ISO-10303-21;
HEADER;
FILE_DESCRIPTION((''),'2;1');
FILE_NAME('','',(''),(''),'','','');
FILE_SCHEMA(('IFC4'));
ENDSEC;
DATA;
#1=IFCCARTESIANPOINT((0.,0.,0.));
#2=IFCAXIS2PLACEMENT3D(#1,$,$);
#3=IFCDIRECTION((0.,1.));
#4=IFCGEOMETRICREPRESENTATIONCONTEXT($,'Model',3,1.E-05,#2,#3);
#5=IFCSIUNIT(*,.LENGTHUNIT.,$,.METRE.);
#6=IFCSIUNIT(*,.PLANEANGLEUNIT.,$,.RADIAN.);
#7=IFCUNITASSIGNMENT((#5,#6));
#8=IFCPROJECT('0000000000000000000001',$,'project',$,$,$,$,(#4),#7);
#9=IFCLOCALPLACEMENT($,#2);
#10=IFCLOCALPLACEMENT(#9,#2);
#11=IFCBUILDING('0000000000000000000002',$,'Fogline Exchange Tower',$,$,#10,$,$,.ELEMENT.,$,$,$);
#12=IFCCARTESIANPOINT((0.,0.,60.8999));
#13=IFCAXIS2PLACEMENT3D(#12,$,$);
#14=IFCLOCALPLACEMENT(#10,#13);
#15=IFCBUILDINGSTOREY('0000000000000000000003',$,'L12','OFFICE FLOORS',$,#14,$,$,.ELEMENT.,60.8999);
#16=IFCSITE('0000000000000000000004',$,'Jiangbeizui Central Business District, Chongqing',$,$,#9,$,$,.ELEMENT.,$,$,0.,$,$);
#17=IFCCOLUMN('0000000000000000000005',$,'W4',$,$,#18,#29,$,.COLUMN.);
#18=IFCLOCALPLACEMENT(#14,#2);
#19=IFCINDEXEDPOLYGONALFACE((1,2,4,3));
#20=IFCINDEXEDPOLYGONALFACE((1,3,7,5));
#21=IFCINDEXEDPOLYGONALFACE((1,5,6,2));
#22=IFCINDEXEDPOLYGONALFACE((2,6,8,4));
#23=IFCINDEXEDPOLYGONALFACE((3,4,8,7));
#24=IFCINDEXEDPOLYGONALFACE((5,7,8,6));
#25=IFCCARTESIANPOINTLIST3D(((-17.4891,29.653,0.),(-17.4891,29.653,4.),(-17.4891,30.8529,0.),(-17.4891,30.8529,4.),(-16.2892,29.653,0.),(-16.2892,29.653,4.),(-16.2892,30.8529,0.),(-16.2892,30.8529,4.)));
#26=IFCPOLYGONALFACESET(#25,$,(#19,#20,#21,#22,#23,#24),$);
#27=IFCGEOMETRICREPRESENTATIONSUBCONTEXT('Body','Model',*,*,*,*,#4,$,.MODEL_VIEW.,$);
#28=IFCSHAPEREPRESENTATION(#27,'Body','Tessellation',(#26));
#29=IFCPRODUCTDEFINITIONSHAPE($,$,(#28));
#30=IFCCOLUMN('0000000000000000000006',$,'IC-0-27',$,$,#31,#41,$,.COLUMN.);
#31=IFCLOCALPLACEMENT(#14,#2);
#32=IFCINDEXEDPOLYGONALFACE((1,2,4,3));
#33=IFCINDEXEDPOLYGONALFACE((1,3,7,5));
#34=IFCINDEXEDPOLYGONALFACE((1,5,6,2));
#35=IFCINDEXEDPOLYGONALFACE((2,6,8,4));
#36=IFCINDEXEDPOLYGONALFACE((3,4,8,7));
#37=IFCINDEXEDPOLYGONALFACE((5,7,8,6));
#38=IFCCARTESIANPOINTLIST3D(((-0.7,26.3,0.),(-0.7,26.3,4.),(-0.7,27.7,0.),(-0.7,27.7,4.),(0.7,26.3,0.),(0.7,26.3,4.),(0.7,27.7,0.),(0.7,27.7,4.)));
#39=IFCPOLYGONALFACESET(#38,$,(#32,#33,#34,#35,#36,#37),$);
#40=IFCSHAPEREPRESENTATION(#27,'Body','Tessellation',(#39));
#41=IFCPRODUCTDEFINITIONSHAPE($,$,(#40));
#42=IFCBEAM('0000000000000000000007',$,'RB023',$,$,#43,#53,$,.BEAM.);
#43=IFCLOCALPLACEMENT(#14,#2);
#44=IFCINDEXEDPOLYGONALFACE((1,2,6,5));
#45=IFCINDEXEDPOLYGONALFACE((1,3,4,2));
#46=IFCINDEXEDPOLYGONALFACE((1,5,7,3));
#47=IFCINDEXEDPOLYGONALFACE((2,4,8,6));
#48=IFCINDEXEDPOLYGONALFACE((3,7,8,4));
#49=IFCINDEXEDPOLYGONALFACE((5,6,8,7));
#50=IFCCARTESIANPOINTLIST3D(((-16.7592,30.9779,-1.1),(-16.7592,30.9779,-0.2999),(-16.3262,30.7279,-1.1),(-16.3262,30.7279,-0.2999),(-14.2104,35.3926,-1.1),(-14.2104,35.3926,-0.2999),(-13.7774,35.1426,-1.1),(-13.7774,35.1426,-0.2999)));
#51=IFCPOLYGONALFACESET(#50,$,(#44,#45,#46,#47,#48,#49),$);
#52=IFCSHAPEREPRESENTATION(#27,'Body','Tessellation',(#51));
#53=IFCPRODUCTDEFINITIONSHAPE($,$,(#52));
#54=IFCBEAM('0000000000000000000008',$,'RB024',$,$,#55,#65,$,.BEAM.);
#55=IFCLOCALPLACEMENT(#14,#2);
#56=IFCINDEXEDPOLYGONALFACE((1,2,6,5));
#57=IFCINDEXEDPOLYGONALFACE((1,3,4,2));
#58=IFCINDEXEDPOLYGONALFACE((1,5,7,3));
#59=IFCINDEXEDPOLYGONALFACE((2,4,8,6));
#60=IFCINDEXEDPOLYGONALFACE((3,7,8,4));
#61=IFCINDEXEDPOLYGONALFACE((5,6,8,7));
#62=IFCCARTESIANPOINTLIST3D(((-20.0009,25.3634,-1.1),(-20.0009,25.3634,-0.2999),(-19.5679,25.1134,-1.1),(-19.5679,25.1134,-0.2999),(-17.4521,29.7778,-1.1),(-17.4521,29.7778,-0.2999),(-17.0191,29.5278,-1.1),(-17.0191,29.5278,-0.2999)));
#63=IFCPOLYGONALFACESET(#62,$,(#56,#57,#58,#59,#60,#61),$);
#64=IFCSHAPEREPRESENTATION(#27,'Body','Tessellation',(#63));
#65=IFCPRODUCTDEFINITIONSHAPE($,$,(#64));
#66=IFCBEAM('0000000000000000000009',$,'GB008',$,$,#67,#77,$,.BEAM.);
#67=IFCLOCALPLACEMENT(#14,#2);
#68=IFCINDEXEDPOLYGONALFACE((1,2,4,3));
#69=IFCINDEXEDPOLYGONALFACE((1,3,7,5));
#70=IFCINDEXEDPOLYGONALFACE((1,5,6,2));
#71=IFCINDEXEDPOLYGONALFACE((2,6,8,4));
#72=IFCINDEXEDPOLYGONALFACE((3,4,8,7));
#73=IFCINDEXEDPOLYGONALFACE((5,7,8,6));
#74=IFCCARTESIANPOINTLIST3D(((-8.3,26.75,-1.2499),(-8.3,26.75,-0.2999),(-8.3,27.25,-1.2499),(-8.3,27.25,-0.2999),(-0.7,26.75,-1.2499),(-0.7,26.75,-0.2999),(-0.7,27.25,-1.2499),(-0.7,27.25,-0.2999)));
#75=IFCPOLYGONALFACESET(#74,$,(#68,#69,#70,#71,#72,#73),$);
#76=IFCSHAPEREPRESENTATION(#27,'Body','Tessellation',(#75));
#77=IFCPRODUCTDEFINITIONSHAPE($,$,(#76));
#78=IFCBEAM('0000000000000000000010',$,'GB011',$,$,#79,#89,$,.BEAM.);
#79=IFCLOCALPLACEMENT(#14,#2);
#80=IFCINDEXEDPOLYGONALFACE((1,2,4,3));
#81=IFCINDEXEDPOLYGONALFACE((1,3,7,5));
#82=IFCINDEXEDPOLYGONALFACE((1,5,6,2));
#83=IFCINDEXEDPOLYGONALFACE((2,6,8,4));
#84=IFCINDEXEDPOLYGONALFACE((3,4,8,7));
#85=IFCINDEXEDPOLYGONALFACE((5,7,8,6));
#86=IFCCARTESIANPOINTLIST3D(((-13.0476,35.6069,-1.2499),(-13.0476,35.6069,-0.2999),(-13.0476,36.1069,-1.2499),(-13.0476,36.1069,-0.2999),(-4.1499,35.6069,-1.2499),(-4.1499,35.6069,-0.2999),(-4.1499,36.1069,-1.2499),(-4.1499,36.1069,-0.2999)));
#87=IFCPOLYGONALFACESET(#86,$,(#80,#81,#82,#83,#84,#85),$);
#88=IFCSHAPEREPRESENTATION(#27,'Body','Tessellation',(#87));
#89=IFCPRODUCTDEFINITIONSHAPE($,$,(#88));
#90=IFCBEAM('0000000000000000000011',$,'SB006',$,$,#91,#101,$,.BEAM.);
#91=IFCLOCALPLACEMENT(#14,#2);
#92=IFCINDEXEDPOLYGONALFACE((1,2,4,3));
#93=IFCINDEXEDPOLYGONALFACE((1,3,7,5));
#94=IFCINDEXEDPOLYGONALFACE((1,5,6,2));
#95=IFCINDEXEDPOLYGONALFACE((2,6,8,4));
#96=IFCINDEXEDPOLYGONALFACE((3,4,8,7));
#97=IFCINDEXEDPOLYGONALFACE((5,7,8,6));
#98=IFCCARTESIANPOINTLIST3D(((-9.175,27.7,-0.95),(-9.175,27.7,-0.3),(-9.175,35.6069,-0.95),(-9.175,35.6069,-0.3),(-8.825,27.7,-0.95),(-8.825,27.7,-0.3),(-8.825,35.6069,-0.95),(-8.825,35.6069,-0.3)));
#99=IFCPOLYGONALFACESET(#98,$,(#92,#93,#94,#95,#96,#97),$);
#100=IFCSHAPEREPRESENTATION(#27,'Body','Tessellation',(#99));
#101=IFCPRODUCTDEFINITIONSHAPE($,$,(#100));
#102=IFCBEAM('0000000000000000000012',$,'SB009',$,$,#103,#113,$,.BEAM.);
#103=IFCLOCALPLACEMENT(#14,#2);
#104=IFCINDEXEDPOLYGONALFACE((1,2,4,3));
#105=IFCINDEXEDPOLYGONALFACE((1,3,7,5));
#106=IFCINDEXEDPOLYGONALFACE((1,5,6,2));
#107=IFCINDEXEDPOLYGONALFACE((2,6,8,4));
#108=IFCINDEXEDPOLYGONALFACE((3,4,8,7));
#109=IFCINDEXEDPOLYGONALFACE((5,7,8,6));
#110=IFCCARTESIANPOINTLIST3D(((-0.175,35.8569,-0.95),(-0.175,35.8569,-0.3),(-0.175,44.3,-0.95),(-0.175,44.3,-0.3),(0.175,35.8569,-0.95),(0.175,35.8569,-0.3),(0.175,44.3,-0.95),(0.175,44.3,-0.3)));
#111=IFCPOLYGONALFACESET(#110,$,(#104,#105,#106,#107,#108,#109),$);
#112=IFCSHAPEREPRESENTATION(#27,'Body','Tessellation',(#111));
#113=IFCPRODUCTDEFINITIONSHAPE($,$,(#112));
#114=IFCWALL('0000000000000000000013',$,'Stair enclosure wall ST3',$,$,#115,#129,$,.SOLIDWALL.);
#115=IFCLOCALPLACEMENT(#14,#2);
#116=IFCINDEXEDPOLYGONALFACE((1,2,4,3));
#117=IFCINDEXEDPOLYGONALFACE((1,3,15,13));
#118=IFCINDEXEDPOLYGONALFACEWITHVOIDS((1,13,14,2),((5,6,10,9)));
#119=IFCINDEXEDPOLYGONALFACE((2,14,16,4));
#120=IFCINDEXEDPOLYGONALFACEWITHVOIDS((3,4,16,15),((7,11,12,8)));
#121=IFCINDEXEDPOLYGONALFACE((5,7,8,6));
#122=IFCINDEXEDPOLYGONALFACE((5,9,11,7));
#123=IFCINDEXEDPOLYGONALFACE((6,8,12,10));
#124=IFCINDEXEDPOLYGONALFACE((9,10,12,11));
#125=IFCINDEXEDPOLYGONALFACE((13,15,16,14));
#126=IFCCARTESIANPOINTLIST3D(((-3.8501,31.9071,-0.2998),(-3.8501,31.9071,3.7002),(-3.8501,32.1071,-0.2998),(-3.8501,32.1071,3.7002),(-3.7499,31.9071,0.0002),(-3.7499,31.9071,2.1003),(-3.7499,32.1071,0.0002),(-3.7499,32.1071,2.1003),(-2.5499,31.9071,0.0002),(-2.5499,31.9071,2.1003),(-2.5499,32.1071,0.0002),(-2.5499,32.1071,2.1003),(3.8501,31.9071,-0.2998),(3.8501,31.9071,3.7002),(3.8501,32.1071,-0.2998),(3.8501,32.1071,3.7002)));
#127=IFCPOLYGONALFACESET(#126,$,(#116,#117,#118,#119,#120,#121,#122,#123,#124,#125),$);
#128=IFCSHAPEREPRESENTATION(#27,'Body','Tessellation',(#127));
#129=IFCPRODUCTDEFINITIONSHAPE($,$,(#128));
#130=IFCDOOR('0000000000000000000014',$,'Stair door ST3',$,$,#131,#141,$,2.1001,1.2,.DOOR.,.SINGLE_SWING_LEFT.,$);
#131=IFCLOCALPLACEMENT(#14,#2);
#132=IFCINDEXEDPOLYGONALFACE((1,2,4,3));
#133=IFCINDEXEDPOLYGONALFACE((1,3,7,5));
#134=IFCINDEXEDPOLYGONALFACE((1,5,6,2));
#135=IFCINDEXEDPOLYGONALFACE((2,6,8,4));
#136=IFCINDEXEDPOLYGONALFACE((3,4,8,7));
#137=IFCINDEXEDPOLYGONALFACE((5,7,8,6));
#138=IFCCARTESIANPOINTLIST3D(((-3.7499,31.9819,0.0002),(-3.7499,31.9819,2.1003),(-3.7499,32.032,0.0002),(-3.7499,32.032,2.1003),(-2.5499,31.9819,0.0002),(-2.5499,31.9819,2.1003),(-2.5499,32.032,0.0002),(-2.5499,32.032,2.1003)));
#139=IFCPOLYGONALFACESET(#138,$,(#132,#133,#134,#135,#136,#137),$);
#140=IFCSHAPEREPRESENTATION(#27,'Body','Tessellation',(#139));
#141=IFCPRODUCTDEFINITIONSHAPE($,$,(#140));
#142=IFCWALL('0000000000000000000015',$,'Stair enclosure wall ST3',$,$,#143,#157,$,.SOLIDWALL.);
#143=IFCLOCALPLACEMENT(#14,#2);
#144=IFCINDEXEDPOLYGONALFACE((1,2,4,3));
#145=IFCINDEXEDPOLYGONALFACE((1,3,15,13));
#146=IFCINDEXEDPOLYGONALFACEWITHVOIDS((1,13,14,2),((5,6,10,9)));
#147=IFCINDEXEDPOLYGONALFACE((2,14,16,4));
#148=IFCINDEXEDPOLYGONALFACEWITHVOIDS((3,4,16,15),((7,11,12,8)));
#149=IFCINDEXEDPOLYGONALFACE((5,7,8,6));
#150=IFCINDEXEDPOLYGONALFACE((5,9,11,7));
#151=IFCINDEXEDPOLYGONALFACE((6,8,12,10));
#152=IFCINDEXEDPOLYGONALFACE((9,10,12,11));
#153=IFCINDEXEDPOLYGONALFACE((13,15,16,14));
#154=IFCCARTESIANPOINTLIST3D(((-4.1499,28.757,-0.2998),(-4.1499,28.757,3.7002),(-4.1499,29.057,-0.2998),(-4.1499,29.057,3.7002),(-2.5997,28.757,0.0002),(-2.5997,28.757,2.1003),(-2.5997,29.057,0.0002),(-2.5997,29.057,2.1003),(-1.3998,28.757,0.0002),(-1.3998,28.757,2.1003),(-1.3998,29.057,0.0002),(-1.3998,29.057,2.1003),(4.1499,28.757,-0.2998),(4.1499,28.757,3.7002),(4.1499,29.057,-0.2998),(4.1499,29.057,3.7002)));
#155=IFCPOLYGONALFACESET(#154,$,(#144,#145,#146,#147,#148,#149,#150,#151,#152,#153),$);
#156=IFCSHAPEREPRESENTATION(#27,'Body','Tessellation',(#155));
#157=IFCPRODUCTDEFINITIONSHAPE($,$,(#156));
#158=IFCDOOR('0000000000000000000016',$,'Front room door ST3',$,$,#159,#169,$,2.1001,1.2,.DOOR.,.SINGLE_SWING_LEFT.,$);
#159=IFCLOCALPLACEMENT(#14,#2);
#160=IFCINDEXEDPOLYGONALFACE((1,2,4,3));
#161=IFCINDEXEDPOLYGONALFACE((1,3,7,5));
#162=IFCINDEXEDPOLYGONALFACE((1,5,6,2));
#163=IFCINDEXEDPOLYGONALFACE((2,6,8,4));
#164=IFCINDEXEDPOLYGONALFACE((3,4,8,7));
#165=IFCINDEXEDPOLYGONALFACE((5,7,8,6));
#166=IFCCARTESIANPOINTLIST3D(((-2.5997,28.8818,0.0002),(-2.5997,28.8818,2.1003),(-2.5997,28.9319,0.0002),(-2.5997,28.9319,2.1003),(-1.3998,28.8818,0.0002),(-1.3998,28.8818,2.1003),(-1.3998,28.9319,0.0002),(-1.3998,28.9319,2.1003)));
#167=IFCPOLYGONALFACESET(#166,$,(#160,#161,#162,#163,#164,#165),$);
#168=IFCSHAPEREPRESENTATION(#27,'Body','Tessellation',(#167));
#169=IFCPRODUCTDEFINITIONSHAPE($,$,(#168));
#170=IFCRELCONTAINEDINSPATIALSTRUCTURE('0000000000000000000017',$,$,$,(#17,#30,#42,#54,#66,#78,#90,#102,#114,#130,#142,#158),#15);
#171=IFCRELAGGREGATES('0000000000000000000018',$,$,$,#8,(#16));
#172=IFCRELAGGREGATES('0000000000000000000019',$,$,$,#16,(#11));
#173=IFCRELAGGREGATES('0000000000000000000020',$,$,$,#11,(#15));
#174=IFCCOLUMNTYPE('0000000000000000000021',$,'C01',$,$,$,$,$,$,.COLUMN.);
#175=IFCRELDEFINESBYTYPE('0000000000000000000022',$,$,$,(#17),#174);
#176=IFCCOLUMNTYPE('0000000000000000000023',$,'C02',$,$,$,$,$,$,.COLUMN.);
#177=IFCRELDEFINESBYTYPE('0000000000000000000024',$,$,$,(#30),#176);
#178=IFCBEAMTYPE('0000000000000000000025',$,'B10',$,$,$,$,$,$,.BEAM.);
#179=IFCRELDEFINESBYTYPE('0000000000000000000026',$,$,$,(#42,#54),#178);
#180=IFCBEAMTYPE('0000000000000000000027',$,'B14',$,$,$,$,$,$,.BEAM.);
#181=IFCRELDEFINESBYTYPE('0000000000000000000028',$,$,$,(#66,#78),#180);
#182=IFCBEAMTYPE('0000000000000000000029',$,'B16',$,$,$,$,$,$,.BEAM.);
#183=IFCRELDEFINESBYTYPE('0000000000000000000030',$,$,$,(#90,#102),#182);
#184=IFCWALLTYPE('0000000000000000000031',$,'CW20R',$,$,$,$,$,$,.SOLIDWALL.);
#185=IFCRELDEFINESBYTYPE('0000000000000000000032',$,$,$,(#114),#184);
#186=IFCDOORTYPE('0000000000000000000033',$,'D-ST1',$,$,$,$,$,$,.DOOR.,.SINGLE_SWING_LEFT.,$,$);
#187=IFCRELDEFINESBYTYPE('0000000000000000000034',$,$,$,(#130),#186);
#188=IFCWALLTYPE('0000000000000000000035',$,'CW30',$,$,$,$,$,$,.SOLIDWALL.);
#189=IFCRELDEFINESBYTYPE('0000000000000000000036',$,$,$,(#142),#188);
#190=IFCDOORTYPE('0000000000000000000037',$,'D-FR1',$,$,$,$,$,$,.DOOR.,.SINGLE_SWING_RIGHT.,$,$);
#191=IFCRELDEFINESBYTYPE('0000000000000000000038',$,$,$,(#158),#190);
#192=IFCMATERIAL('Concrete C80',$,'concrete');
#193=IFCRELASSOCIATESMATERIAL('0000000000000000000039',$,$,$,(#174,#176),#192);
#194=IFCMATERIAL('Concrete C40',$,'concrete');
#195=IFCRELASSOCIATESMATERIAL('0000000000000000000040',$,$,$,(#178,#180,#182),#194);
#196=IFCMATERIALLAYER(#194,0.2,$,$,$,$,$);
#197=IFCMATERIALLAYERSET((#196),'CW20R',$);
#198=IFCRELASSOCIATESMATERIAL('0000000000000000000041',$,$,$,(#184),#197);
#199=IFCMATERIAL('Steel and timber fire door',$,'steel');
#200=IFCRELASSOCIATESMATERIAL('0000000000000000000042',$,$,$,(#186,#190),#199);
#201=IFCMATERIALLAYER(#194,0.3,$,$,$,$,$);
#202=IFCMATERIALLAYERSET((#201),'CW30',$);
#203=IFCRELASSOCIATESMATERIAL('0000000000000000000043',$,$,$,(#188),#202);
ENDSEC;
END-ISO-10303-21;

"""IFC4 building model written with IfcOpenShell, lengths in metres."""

from ifc_helpers import new_model, si_unit, direction, frame, frame_2d, origin, origin_2d, place, context, subcontext, project, spatial, rectangle, extrude, material, layer, layer_set, material_profile, profile_set, type_object, element, fill, save


model = new_model("IFC4")

# Units and contexts
model_context = context("Model", 3, precision=1e-05, world=origin(), true_north=direction((0.0, 1.0)))
body_context = subcontext(model_context, "Body", "Model", "MODEL_VIEW")
ifc_project = project(units=[si_unit("LENGTHUNIT", "METRE"), si_unit("PLANEANGLEUNIT", "RADIAN")], contexts=[model_context])

# Site, building, storey
site_placement = place(None, origin())
site = spatial("IfcSite", under=ifc_project, at=site_placement, Name="Jiangbeizui Central Business District, Chongqing", CompositionType="ELEMENT", RefElevation=0.0)
building_placement = place(site_placement, origin())
building = spatial("IfcBuilding", under=site, at=building_placement, Name="Fogline Exchange Tower", CompositionType="ELEMENT")
storey_placement = place(building_placement, frame((0.0, 0.0, 60.8999)))
storey = spatial("IfcBuildingStorey", under=building, at=storey_placement, Name="L12", Description="OFFICE FLOORS", CompositionType="ELEMENT", Elevation=60.8999)

# Columns
ifc_material_1 = material(Name="Concrete C80", Category="concrete")
ifc_material_profile_1 = material_profile(ifc_material_1, rectangle(XDim=1.2, YDim=1.2, at=origin_2d()), Name="RC 1200x1200")
ifc_profile_set_1 = profile_set([ifc_material_profile_1], Name="Concrete C80")
column_type_1 = type_object("IfcColumnType", Name="C01", PredefinedType="COLUMN", material=ifc_profile_set_1)
column_1_placement = place(storey_placement, frame((-16.8892, 30.2529, 0.0), z_axis=(0.0, 0.0, 1.0), x_axis=(1.0, 0.0, 0.0)))
element("IfcColumn", 1, at=column_1_placement, inside=storey, type_object=column_type_1, Name="W4", PredefinedType="COLUMN", context=body_context, shape_type="SweptSolid", body=[
    extrude(rectangle(XDim=1.2, YDim=1.2, at=origin_2d()), origin(), (0.0, 0.0, 1.0), 4.0),
])
ifc_material_profile_2 = material_profile(ifc_material_1, rectangle(XDim=1.3999, YDim=1.3999, at=origin_2d()), Name="RC 1400x1400")
ifc_profile_set_2 = profile_set([ifc_material_profile_2], Name="Concrete C80")
column_type_2 = type_object("IfcColumnType", Name="C02", PredefinedType="COLUMN", material=ifc_profile_set_2)
column_2_placement = place(storey_placement, frame((0.0, 27.0, 0.0), z_axis=(0.0, 0.0, 1.0), x_axis=(1.0, 0.0, 0.0)))
element("IfcColumn", 2, at=column_2_placement, inside=storey, type_object=column_type_2, Name="IC-0-27", PredefinedType="COLUMN", context=body_context, shape_type="SweptSolid", body=[
    extrude(rectangle(XDim=1.3999, YDim=1.3999, at=origin_2d()), origin(), (0.0, 0.0, 1.0), 4.0),
])

# Beams
ifc_material_2 = material(Name="Concrete C40", Category="concrete")
ifc_material_profile_3 = material_profile(ifc_material_2, rectangle(XDim=0.5, YDim=0.8, at=origin_2d()), Name="RC 500x800")
ifc_profile_set_3 = profile_set([ifc_material_profile_3], Name="Concrete C40")
beam_type_1 = type_object("IfcBeamType", Name="B10", PredefinedType="BEAM", material=ifc_profile_set_3)
beam_1_placement = place(storey_placement, frame((-13.9939, 35.2676, -0.7), z_axis=(-0.499992, -0.86603, 0.0), x_axis=(0.86603, -0.499992, 0.0)))
element("IfcBeam", 3, at=beam_1_placement, inside=storey, type_object=beam_type_1, Name="RB023", PredefinedType="BEAM", context=body_context, shape_type="SweptSolid", body=[
    extrude(rectangle(XDim=0.5, YDim=0.8, at=origin_2d()), origin(), (0.0, 0.0, 1.0), 5.0977),
])
beam_2_placement = place(storey_placement, frame((-17.2356, 29.6528, -0.7), z_axis=(-0.500013, -0.866018, 0.0), x_axis=(0.866018, -0.500013, 0.0)))
element("IfcBeam", 4, at=beam_2_placement, inside=storey, type_object=beam_type_1, Name="RB024", PredefinedType="BEAM", context=body_context, shape_type="SweptSolid", body=[
    extrude(rectangle(XDim=0.5, YDim=0.8, at=origin_2d()), origin(), (0.0, 0.0, 1.0), 5.0974),
])
ifc_material_profile_4 = material_profile(ifc_material_2, rectangle(XDim=0.5, YDim=0.95, at=origin_2d()), Name="RC 500x950")
ifc_profile_set_4 = profile_set([ifc_material_profile_4], Name="Concrete C40")
beam_type_2 = type_object("IfcBeamType", Name="B14", PredefinedType="BEAM", material=ifc_profile_set_4)
beam_3_placement = place(storey_placement, frame((-8.3, 27.0, -0.7749), z_axis=(1.0, 0.0, 0.0), x_axis=(0.0, 1.0, 0.0)))
element("IfcBeam", 5, at=beam_3_placement, inside=storey, type_object=beam_type_2, Name="GB008", PredefinedType="BEAM", context=body_context, shape_type="SweptSolid", body=[
    extrude(rectangle(XDim=0.5, YDim=0.95, at=origin_2d()), origin(), (0.0, 0.0, 1.0), 7.6001),
])
beam_4_placement = place(storey_placement, frame((-13.0476, 35.8569, -0.7749), z_axis=(1.0, 0.0, 0.0), x_axis=(0.0, 1.0, 0.0)))
element("IfcBeam", 6, at=beam_4_placement, inside=storey, type_object=beam_type_2, Name="GB011", PredefinedType="BEAM", context=body_context, shape_type="SweptSolid", body=[
    extrude(rectangle(XDim=0.5, YDim=0.95, at=origin_2d()), origin(), (0.0, 0.0, 1.0), 8.8977),
])
ifc_material_profile_5 = material_profile(ifc_material_2, rectangle(XDim=0.3501, YDim=0.6499, at=origin_2d()), Name="RC 350x650")
ifc_profile_set_5 = profile_set([ifc_material_profile_5], Name="Concrete C40")
beam_type_3 = type_object("IfcBeamType", Name="B16", PredefinedType="BEAM", material=ifc_profile_set_5)
beam_5_placement = place(storey_placement, frame((-9.0, 27.7, -0.625), z_axis=(0.0, 1.0, 0.0), x_axis=(-1.0, 0.0, 0.0)))
element("IfcBeam", 7, at=beam_5_placement, inside=storey, type_object=beam_type_3, Name="SB006", PredefinedType="BEAM", context=body_context, shape_type="SweptSolid", body=[
    extrude(rectangle(XDim=0.3501, YDim=0.6499, at=origin_2d()), origin(), (0.0, 0.0, 1.0), 7.907),
])
beam_6_placement = place(storey_placement, frame((0.0, 35.8569, -0.625), z_axis=(0.0, 1.0, 0.0), x_axis=(-1.0, 0.0, 0.0)))
element("IfcBeam", 8, at=beam_6_placement, inside=storey, type_object=beam_type_3, Name="SB009", PredefinedType="BEAM", context=body_context, shape_type="SweptSolid", body=[
    extrude(rectangle(XDim=0.3501, YDim=0.6499, at=origin_2d()), origin(), (0.0, 0.0, 1.0), 8.4431),
])

# Walls, openings, doors
ifc_layer_1 = layer(ifc_material_2, 0.2)
ifc_layer_set_1 = layer_set([ifc_layer_1], Name="CW20R")
wall_type_1 = type_object("IfcWallType", Name="CW20R", PredefinedType="SOLIDWALL", material=ifc_layer_set_1)
wall_1_placement = place(storey_placement, frame((-3.8501, 32.0071, -0.2998), z_axis=(0.0, 0.0, 1.0), x_axis=(1.0, 0.0, 0.0)))
wall_1 = element("IfcWall", 9, at=wall_1_placement, inside=storey, type_object=wall_type_1, Name="Stair enclosure wall ST3", PredefinedType="SOLIDWALL", context=body_context, shape_type="SweptSolid", body=[
    extrude(rectangle(XDim=7.7002, YDim=0.2, at=frame_2d((3.8501, 0.0))), origin(), (0.0, 0.0, 1.0), 4.0),
])
opening_1_placement = place(wall_1_placement, frame((0.1001, 0.0, 0.3)))
opening_1 = element("IfcOpeningElement", 10, at=opening_1_placement, cuts=wall_1, PredefinedType="OPENING", context=body_context, shape_type="SweptSolid", body=[
    extrude(rectangle(XDim=1.2, YDim=2.1001, at=frame_2d((0.6001, 1.05))), frame((0.0, 0.1099, 0.0), z_axis=(0.0, -1.0, 0.0), x_axis=(1.0, 0.0, 0.0)), (0.0, 0.0, 1.0), 0.22),
])
ifc_material_3 = material(Name="Steel and timber fire door", Category="steel")
door_type_1 = type_object("IfcDoorType", Name="D-ST1", OperationType="SINGLE_SWING_LEFT", PredefinedType="DOOR", material=ifc_material_3)
door_1_placement = place(opening_1_placement, origin())
door_1 = element("IfcDoor", 11, at=door_1_placement, inside=storey, type_object=door_type_1, Name="Stair door ST3", OperationType="SINGLE_SWING_LEFT", OverallHeight=2.1001, OverallWidth=1.2, PredefinedType="DOOR", context=body_context, shape_type="SweptSolid", body=[
    extrude(rectangle(XDim=1.2, YDim=2.1001, at=frame_2d((0.6001, 1.05))), frame((0.0, 0.0249, 0.0), z_axis=(0.0, -1.0, 0.0), x_axis=(1.0, 0.0, 0.0)), (0.0, 0.0, 1.0), 0.05),
])
fill(opening_1, door_1)
ifc_layer_2 = layer(ifc_material_2, 0.3)
ifc_layer_set_2 = layer_set([ifc_layer_2], Name="CW30")
wall_type_2 = type_object("IfcWallType", Name="CW30", PredefinedType="SOLIDWALL", material=ifc_layer_set_2)
wall_2_placement = place(storey_placement, frame((-4.1499, 28.907, -0.2998), z_axis=(0.0, 0.0, 1.0), x_axis=(1.0, 0.0, 0.0)))
wall_2 = element("IfcWall", 12, at=wall_2_placement, inside=storey, type_object=wall_type_2, Name="Stair enclosure wall ST3", PredefinedType="SOLIDWALL", context=body_context, shape_type="SweptSolid", body=[
    extrude(rectangle(XDim=8.2998, YDim=0.3, at=frame_2d((4.1499, 0.0))), origin(), (0.0, 0.0, 1.0), 4.0),
])
opening_2_placement = place(wall_2_placement, frame((1.55, 0.0, 0.3)))
opening_2 = element("IfcOpeningElement", 13, at=opening_2_placement, cuts=wall_2, PredefinedType="OPENING", context=body_context, shape_type="SweptSolid", body=[
    extrude(rectangle(XDim=1.2, YDim=2.1001, at=frame_2d((0.6001, 1.05))), frame((0.0, 0.1602, 0.0), z_axis=(0.0, -1.0, 0.0), x_axis=(1.0, 0.0, 0.0)), (0.0, 0.0, 1.0), 0.3201),
])
door_type_2 = type_object("IfcDoorType", Name="D-FR1", OperationType="SINGLE_SWING_RIGHT", PredefinedType="DOOR", material=ifc_material_3)
door_2_placement = place(opening_2_placement, origin())
door_2 = element("IfcDoor", 14, at=door_2_placement, inside=storey, type_object=door_type_2, Name="Front room door ST3", OperationType="SINGLE_SWING_LEFT", OverallHeight=2.1001, OverallWidth=1.2, PredefinedType="DOOR", context=body_context, shape_type="SweptSolid", body=[
    extrude(rectangle(XDim=1.2, YDim=2.1001, at=frame_2d((0.6001, 1.05))), frame((0.0, 0.0249, 0.0), z_axis=(0.0, -1.0, 0.0), x_axis=(1.0, 0.0, 0.0)), (0.0, 0.0, 1.0), 0.05),
])
fill(opening_2, door_2)

save(model, "model.ifc")
